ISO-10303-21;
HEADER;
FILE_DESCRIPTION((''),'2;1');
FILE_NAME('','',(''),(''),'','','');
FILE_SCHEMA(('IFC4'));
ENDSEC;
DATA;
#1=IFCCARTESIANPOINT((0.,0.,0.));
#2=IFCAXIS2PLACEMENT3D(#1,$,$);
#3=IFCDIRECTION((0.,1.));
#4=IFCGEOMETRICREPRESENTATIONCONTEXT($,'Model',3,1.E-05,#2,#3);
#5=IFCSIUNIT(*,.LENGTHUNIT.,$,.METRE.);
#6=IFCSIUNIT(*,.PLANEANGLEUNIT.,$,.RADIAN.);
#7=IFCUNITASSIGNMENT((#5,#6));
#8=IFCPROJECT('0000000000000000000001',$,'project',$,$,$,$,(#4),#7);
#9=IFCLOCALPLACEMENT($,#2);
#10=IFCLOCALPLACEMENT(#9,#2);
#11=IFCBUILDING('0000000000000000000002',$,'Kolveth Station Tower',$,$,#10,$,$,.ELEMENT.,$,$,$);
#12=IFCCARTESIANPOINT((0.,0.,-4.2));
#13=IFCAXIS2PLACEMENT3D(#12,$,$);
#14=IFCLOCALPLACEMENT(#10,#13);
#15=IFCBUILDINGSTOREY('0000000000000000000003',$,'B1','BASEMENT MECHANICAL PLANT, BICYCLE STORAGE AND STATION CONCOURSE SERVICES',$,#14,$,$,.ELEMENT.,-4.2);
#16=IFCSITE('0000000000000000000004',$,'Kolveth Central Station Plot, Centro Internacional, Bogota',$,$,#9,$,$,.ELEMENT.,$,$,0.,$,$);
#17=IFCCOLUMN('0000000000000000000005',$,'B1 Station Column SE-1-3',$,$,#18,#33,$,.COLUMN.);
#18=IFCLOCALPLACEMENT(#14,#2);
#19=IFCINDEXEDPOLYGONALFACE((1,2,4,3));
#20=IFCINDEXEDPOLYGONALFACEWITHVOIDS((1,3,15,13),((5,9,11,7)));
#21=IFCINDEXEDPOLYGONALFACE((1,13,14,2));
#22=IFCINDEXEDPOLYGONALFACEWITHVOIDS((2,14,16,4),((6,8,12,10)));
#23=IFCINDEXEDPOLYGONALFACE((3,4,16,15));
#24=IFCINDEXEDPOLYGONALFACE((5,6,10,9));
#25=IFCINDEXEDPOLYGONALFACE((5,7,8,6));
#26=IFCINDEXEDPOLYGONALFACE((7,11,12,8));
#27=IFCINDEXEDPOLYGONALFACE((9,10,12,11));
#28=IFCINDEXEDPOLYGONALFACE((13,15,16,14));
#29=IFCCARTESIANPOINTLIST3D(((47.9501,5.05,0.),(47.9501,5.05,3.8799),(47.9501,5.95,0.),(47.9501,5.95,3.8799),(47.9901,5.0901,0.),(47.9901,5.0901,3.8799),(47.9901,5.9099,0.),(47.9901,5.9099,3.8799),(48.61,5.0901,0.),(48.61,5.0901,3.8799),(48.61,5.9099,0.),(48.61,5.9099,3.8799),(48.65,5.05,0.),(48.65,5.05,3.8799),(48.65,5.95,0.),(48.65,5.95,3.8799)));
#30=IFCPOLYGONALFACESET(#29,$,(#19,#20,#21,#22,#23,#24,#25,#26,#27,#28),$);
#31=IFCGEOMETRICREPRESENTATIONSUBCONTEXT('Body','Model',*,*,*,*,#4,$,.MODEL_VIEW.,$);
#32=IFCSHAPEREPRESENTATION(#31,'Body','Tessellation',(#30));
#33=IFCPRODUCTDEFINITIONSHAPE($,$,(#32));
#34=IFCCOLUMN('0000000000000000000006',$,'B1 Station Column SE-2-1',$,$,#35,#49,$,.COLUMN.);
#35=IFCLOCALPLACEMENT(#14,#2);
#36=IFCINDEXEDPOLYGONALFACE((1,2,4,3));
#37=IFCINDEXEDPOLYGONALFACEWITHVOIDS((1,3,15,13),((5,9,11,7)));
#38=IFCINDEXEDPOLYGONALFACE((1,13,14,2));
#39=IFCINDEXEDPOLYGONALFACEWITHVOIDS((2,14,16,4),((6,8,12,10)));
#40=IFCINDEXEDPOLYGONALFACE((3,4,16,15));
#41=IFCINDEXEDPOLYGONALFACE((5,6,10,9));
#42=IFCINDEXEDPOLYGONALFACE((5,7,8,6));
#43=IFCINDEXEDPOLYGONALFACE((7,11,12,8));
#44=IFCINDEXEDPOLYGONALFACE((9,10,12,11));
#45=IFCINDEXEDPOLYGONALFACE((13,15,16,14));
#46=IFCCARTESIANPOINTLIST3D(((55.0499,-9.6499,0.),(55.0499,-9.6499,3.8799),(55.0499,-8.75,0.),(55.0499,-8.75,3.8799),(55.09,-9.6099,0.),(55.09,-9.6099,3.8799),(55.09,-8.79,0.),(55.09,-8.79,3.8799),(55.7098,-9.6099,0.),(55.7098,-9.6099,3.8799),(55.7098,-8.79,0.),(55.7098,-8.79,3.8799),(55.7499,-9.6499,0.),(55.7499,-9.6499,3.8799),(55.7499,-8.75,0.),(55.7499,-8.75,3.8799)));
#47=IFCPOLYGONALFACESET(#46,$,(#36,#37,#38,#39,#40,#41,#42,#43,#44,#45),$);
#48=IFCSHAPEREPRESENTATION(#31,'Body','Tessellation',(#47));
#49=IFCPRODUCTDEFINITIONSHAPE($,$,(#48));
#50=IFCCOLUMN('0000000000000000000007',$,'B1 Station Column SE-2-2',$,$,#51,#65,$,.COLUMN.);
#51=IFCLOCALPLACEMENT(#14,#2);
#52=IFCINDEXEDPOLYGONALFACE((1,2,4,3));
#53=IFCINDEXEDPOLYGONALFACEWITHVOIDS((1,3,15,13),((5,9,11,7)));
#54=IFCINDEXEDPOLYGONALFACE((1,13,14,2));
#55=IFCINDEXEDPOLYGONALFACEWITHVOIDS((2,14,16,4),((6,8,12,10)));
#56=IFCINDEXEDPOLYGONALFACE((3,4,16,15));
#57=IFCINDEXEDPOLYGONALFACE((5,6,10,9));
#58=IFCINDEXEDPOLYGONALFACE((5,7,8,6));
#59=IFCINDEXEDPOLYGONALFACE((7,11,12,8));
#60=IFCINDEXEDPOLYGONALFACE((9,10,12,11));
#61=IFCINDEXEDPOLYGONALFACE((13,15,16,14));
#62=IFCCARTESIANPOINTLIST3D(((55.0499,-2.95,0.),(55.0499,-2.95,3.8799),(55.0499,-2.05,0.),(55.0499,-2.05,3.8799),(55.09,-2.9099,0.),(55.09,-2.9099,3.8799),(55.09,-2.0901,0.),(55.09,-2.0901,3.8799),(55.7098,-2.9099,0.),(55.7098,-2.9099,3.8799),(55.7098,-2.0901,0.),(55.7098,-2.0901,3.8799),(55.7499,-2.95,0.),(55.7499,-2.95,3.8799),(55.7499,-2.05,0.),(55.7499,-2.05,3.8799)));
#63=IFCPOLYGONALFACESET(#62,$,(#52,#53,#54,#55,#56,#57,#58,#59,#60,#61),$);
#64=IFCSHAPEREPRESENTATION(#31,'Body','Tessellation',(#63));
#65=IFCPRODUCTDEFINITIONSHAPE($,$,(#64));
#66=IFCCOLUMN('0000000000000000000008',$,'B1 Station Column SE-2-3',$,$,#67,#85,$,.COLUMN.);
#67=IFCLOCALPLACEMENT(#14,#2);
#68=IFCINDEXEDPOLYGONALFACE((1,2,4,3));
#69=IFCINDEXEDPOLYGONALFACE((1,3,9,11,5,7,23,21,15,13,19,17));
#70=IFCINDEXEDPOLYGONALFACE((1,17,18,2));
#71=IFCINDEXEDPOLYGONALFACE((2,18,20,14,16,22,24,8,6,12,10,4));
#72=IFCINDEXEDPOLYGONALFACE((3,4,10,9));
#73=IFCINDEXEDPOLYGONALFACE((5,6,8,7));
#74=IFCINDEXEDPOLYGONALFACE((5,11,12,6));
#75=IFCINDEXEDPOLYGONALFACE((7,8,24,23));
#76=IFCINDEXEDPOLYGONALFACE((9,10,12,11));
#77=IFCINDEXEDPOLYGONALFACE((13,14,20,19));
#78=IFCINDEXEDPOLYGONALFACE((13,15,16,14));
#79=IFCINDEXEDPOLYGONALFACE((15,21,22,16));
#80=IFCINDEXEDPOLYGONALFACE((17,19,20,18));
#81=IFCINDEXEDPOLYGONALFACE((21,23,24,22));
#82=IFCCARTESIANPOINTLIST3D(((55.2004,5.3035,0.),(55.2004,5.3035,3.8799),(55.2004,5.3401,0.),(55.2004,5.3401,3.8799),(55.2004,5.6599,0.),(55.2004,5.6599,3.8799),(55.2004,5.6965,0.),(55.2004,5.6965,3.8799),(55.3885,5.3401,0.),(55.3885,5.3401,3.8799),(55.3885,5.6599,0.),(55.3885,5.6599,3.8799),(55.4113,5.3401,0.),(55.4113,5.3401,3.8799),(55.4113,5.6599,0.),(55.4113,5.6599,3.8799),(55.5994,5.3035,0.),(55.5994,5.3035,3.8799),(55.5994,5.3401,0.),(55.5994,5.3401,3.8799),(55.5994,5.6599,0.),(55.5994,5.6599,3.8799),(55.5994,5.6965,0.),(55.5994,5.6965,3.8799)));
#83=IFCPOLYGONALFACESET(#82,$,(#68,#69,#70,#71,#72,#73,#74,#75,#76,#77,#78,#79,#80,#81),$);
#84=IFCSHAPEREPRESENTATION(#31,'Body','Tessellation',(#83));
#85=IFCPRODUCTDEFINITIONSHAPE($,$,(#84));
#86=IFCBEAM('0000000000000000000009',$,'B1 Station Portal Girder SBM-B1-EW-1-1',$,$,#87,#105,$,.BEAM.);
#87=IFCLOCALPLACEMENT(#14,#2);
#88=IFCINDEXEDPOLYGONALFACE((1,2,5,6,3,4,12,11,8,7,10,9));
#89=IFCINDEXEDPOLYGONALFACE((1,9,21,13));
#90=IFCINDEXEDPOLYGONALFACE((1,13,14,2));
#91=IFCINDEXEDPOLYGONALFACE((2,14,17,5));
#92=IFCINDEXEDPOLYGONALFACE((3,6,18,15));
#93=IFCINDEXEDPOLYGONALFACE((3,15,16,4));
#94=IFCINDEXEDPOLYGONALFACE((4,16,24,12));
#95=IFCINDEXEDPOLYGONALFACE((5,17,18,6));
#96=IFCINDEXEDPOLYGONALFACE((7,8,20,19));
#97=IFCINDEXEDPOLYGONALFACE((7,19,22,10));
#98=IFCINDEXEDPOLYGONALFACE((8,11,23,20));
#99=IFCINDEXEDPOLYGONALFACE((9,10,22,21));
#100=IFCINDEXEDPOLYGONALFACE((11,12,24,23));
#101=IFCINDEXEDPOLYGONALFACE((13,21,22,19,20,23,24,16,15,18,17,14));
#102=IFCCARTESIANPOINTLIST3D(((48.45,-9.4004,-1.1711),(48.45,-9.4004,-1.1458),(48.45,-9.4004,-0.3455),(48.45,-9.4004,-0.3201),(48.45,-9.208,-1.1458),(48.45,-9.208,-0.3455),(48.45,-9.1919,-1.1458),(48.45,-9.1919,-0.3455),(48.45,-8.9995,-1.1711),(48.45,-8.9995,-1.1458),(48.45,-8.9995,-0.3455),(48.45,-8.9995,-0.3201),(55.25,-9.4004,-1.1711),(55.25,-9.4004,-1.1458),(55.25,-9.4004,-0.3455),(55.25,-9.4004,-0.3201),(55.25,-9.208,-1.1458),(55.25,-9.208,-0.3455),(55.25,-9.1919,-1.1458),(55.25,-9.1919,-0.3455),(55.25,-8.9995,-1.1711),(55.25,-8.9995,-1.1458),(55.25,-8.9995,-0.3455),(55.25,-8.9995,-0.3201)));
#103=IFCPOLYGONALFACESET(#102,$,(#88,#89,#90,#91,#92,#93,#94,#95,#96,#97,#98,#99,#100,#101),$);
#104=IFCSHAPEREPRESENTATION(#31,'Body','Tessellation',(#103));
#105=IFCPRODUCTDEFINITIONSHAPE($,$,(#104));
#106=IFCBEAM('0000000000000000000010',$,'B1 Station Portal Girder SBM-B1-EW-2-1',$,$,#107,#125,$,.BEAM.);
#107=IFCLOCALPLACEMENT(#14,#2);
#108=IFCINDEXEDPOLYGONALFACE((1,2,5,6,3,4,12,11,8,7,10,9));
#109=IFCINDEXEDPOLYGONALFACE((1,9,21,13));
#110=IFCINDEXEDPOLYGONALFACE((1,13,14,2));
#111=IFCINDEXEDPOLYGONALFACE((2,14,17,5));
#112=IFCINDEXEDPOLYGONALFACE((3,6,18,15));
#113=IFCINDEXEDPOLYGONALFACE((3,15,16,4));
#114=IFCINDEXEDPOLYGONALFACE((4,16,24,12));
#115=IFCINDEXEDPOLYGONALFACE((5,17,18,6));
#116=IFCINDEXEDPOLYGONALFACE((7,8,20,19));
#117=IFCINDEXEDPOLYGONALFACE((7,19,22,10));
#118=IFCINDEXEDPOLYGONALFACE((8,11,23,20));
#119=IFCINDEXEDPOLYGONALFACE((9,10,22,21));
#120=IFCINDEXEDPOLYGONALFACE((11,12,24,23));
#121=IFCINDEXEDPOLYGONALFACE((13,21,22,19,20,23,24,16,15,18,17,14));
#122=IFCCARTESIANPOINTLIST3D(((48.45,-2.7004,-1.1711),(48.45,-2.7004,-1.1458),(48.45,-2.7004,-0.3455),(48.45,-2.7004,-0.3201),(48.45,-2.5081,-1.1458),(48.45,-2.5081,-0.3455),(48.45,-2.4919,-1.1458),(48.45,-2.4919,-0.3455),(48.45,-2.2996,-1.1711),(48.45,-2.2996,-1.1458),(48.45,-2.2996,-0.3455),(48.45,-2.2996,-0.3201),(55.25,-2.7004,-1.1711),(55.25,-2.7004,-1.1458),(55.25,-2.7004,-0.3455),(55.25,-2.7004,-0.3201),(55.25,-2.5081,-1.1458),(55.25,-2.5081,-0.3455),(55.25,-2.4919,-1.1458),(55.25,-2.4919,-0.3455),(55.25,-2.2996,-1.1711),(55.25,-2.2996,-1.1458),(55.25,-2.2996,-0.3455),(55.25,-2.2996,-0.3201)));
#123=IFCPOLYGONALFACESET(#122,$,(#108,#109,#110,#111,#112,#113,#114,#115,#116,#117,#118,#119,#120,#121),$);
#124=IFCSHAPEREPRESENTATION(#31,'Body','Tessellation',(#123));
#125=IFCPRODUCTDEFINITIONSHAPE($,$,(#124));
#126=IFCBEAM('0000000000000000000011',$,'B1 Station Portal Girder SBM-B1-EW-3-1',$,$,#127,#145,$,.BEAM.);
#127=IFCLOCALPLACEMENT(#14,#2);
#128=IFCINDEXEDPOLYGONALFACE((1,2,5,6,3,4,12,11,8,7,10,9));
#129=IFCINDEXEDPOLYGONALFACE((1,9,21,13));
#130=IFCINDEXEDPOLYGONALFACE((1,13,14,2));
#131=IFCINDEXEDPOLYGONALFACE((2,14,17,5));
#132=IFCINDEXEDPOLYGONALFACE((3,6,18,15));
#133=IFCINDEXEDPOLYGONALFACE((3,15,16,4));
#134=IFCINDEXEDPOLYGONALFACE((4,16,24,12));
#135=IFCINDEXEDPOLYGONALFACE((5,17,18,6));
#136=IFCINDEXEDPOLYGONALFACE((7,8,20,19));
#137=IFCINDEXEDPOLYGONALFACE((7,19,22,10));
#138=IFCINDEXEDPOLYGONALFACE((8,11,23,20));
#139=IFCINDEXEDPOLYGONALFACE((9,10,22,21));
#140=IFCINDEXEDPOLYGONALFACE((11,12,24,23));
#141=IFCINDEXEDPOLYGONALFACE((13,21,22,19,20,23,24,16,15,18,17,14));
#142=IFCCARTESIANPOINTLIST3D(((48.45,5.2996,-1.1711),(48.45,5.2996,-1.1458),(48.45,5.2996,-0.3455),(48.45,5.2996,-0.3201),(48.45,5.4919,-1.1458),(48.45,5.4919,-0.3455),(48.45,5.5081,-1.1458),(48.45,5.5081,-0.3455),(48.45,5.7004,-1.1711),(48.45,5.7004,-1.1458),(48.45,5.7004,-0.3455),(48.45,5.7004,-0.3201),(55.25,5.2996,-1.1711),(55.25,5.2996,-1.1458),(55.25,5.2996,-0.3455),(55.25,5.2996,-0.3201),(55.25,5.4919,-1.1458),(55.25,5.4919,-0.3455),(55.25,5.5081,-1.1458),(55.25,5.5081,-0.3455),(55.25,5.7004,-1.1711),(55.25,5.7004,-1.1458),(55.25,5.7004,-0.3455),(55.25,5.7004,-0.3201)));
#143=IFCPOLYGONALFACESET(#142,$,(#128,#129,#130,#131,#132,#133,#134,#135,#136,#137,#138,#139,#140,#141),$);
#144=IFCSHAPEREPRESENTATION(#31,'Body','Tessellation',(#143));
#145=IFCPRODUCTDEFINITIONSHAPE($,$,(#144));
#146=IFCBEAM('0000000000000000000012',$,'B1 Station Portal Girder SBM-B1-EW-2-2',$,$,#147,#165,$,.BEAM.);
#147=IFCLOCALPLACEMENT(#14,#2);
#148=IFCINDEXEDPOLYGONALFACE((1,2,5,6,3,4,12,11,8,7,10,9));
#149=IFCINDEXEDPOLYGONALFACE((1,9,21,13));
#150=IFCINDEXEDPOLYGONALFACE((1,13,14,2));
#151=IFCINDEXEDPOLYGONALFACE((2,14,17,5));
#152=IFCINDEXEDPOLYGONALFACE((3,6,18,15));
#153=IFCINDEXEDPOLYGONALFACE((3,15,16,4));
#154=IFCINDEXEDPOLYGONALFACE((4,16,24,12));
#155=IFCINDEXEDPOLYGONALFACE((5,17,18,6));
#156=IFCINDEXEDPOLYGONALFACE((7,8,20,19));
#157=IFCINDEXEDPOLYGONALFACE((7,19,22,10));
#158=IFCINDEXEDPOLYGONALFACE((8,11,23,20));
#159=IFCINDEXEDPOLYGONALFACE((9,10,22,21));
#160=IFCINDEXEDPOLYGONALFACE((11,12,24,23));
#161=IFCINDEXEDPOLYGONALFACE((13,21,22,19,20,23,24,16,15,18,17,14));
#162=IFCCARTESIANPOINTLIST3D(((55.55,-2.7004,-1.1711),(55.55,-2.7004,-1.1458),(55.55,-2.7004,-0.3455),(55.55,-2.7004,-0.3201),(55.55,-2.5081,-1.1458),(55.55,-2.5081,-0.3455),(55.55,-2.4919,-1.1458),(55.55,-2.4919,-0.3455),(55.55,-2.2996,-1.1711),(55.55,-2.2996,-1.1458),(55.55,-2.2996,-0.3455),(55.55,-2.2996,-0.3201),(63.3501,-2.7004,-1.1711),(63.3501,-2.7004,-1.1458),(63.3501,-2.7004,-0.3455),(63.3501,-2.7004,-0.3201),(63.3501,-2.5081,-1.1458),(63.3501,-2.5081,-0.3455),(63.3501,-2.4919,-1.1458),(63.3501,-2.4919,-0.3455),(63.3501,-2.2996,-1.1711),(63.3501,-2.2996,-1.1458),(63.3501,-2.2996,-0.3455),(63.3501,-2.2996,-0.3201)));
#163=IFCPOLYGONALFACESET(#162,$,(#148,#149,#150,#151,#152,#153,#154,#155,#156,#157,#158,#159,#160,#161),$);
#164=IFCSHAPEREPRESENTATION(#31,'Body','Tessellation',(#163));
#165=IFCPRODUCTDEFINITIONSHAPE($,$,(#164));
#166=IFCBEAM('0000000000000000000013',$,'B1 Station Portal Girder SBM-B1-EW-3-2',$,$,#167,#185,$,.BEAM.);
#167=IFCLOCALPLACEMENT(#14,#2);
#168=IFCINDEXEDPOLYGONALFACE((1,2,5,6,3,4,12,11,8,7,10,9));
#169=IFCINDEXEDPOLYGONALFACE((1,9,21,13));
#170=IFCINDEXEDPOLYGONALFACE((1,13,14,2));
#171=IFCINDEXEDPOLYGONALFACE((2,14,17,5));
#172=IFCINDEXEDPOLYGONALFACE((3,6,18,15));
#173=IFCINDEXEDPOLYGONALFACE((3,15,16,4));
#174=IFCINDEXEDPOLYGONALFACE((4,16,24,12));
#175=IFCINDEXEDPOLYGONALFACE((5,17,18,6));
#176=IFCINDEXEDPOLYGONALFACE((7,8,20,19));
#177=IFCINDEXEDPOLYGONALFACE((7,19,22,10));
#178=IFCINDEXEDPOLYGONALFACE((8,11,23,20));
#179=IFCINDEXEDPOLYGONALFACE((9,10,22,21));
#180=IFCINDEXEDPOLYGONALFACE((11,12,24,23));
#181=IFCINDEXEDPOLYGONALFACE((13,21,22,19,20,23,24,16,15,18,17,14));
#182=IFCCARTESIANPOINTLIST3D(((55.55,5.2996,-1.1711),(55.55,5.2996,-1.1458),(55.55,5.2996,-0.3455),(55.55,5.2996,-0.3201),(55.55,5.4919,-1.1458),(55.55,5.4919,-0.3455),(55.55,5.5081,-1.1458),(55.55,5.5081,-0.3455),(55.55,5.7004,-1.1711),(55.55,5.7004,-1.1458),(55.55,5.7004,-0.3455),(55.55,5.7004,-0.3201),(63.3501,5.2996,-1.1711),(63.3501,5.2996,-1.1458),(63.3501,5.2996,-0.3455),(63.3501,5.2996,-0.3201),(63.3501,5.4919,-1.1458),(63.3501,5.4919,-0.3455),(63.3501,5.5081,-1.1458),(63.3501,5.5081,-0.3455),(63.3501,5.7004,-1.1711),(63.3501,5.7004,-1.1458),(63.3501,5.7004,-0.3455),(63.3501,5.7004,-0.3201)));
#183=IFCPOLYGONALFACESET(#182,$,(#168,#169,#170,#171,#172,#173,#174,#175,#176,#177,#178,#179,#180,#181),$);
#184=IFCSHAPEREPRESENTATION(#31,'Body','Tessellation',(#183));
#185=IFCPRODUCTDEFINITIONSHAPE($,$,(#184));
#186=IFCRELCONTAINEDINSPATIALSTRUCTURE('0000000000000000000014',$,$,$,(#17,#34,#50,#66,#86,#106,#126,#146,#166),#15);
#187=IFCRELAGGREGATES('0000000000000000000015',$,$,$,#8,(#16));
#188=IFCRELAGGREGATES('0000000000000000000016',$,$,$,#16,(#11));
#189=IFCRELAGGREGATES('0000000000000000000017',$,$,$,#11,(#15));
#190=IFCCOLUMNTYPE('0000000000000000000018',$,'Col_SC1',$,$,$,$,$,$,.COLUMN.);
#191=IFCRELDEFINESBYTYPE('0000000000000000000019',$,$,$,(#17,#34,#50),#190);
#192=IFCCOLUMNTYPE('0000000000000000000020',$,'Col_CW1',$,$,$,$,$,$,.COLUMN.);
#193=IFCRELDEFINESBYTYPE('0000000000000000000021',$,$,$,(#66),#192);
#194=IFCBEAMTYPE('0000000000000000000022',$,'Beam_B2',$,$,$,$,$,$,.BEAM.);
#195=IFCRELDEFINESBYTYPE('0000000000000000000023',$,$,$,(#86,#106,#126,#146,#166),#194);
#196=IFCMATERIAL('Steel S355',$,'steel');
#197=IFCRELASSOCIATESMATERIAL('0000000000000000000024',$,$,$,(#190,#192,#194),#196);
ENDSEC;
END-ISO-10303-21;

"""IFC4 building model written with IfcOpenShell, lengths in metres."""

from ifc_helpers import new_model, si_unit, direction, frame, origin, origin_2d, place, context, subcontext, project, spatial, hollow_rectangle, i_section, extrude, source, transform, mapped, material, material_profile, profile_set, type_object, element, save


model = new_model("IFC4")

# Units and contexts
model_context = context("Model", 3, precision=1e-05, world=origin(), true_north=direction((0.0, 1.0)))
body_context = subcontext(model_context, "Body", "Model", "MODEL_VIEW")
ifc_project = project(units=[si_unit("LENGTHUNIT", "METRE"), si_unit("PLANEANGLEUNIT", "RADIAN")], contexts=[model_context])

# Site, building, storey
site_placement = place(None, origin())
site = spatial("IfcSite", under=ifc_project, at=site_placement, Name="Kolveth Central Station Plot, Centro Internacional, Bogota", CompositionType="ELEMENT", RefElevation=0.0)
building_placement = place(site_placement, origin())
building = spatial("IfcBuilding", under=site, at=building_placement, Name="Kolveth Station Tower", CompositionType="ELEMENT")
storey_placement = place(building_placement, frame((0.0, 0.0, -4.2)))
storey = spatial("IfcBuildingStorey", under=building, at=storey_placement, Name="B1", Description="BASEMENT MECHANICAL PLANT, BICYCLE STORAGE AND STATION CONCOURSE SERVICES", CompositionType="ELEMENT", Elevation=-4.2)

# Columns
ifc_material_1 = material(Name="Steel S355", Category="steel")
ifc_material_profile_1 = material_profile(ifc_material_1, hollow_rectangle(XDim=0.7, YDim=0.8999, WallThickness=0.04, at=origin_2d()), Name="BOX900x700x40")
ifc_profile_set_1 = profile_set([ifc_material_profile_1], Name="Steel S355")
column_type_1 = type_object("IfcColumnType", Name="Col_SC1", PredefinedType="COLUMN", material=ifc_profile_set_1)
shared_shape_1 = source(origin(), body_context, "Body", "SweptSolid", [
    extrude(hollow_rectangle(XDim=0.7, YDim=0.8999, WallThickness=0.04, at=origin_2d()), origin(), (0.0, 0.0, 1.0), 3.8799),
])
for number, where, z_axis, x_axis, name in (
    (1, (48.3, 5.5, 0.0), (0.0, 0.0, 1.0), (1.0, 0.0, 0.0), "B1 Station Column SE-1-3"),
    (2, (55.3999, -9.2, 0.0), (0.0, 0.0, 1.0), (1.0, 0.0, 0.0), "B1 Station Column SE-2-1"),
    (3, (55.3999, -2.5, 0.0), (0.0, 0.0, 1.0), (1.0, 0.0, 0.0), "B1 Station Column SE-2-2"),
):
    element("IfcColumn", number, at=place(storey_placement, frame(where, z_axis=z_axis, x_axis=x_axis)), inside=storey, type_object=column_type_1, Name=name, PredefinedType="COLUMN", context=body_context, shape_type="MappedRepresentation", body=[
        mapped(shared_shape_1, transform((0.0, 0.0, 0.0), x_axis=(1.0, 0.0, 0.0), y_axis=(0.0, 1.0, 0.0), z_axis=(0.0, 0.0, 1.0), scale=1.0)),
    ])
ifc_material_profile_2 = material_profile(ifc_material_1, i_section(OverallWidth=0.3989, OverallDepth=0.3931, WebThickness=0.0227, FlangeThickness=0.0366, at=origin_2d()), Name="W360x287")
ifc_profile_set_2 = profile_set([ifc_material_profile_2], Name="Steel S355")
column_type_2 = type_object("IfcColumnType", Name="Col_CW1", PredefinedType="COLUMN", material=ifc_profile_set_2)
shared_shape_2 = source(origin(), body_context, "Body", "SweptSolid", [
    extrude(i_section(OverallWidth=0.3989, OverallDepth=0.3931, WebThickness=0.0227, FlangeThickness=0.0366, at=origin_2d()), origin(), (0.0, 0.0, 1.0), 3.8799),
])
column_placement = place(storey_placement, frame((55.3999, 5.5, 0.0), z_axis=(0.0, 0.0, 1.0), x_axis=(1.0, 0.0, 0.0)))
element("IfcColumn", 4, at=column_placement, inside=storey, type_object=column_type_2, Name="B1 Station Column SE-2-3", PredefinedType="COLUMN", context=body_context, shape_type="MappedRepresentation", body=[
    mapped(shared_shape_2, transform((0.0, 0.0, 0.0), x_axis=(1.0, 0.0, 0.0), y_axis=(0.0, 1.0, 0.0), z_axis=(0.0, 0.0, 1.0), scale=1.0)),
])

# Beams
ifc_material_profile_3 = material_profile(ifc_material_1, i_section(OverallWidth=0.4009, OverallDepth=0.8511, WebThickness=0.0161, FlangeThickness=0.0254, at=origin_2d()), Name="W840x226")
ifc_profile_set_3 = profile_set([ifc_material_profile_3], Name="Steel S355")
beam_type_1 = type_object("IfcBeamType", Name="Beam_B2", PredefinedType="BEAM", material=ifc_profile_set_3)
shared_shape_3 = source(origin(), body_context, "Body", "SweptSolid", [
    extrude(i_section(OverallWidth=0.4009, OverallDepth=0.8511, WebThickness=0.0161, FlangeThickness=0.0254, at=origin_2d()), origin(), (0.0, 0.0, 1.0), 6.8),
])
for number, where, z_axis, x_axis, name in (
    (5, (48.45, -9.2, -0.7456), (1.0, 0.0, 0.0), (0.0, 1.0, 0.0), "B1 Station Portal Girder SBM-B1-EW-1-1"),
    (6, (48.45, -2.5, -0.7456), (1.0, 0.0, 0.0), (0.0, 1.0, 0.0), "B1 Station Portal Girder SBM-B1-EW-2-1"),
    (7, (48.45, 5.5, -0.7456), (1.0, 0.0, 0.0), (0.0, 1.0, 0.0), "B1 Station Portal Girder SBM-B1-EW-3-1"),
):
    element("IfcBeam", number, at=place(storey_placement, frame(where, z_axis=z_axis, x_axis=x_axis)), inside=storey, type_object=beam_type_1, Name=name, PredefinedType="BEAM", context=body_context, shape_type="MappedRepresentation", body=[
        mapped(shared_shape_3, transform((0.0, 0.0, 0.0), x_axis=(1.0, 0.0, 0.0), y_axis=(0.0, 1.0, 0.0), z_axis=(0.0, 0.0, 1.0), scale=1.0)),
    ])
shared_shape_4 = source(origin(), body_context, "Body", "SweptSolid", [
    extrude(i_section(OverallWidth=0.4009, OverallDepth=0.8511, WebThickness=0.0161, FlangeThickness=0.0254, at=origin_2d()), origin(), (0.0, 0.0, 1.0), 7.8),
])
for number, where, z_axis, x_axis, name in (
    (8, (55.55, -2.5, -0.7456), (1.0, 0.0, 0.0), (0.0, 1.0, 0.0), "B1 Station Portal Girder SBM-B1-EW-2-2"),
    (9, (55.55, 5.5, -0.7456), (1.0, 0.0, 0.0), (0.0, 1.0, 0.0), "B1 Station Portal Girder SBM-B1-EW-3-2"),
):
    element("IfcBeam", number, at=place(storey_placement, frame(where, z_axis=z_axis, x_axis=x_axis)), inside=storey, type_object=beam_type_1, Name=name, PredefinedType="BEAM", context=body_context, shape_type="MappedRepresentation", body=[
        mapped(shared_shape_4, transform((0.0, 0.0, 0.0), x_axis=(1.0, 0.0, 0.0), y_axis=(0.0, 1.0, 0.0), z_axis=(0.0, 0.0, 1.0), scale=1.0)),
    ])

save(model, "model.ifc")
